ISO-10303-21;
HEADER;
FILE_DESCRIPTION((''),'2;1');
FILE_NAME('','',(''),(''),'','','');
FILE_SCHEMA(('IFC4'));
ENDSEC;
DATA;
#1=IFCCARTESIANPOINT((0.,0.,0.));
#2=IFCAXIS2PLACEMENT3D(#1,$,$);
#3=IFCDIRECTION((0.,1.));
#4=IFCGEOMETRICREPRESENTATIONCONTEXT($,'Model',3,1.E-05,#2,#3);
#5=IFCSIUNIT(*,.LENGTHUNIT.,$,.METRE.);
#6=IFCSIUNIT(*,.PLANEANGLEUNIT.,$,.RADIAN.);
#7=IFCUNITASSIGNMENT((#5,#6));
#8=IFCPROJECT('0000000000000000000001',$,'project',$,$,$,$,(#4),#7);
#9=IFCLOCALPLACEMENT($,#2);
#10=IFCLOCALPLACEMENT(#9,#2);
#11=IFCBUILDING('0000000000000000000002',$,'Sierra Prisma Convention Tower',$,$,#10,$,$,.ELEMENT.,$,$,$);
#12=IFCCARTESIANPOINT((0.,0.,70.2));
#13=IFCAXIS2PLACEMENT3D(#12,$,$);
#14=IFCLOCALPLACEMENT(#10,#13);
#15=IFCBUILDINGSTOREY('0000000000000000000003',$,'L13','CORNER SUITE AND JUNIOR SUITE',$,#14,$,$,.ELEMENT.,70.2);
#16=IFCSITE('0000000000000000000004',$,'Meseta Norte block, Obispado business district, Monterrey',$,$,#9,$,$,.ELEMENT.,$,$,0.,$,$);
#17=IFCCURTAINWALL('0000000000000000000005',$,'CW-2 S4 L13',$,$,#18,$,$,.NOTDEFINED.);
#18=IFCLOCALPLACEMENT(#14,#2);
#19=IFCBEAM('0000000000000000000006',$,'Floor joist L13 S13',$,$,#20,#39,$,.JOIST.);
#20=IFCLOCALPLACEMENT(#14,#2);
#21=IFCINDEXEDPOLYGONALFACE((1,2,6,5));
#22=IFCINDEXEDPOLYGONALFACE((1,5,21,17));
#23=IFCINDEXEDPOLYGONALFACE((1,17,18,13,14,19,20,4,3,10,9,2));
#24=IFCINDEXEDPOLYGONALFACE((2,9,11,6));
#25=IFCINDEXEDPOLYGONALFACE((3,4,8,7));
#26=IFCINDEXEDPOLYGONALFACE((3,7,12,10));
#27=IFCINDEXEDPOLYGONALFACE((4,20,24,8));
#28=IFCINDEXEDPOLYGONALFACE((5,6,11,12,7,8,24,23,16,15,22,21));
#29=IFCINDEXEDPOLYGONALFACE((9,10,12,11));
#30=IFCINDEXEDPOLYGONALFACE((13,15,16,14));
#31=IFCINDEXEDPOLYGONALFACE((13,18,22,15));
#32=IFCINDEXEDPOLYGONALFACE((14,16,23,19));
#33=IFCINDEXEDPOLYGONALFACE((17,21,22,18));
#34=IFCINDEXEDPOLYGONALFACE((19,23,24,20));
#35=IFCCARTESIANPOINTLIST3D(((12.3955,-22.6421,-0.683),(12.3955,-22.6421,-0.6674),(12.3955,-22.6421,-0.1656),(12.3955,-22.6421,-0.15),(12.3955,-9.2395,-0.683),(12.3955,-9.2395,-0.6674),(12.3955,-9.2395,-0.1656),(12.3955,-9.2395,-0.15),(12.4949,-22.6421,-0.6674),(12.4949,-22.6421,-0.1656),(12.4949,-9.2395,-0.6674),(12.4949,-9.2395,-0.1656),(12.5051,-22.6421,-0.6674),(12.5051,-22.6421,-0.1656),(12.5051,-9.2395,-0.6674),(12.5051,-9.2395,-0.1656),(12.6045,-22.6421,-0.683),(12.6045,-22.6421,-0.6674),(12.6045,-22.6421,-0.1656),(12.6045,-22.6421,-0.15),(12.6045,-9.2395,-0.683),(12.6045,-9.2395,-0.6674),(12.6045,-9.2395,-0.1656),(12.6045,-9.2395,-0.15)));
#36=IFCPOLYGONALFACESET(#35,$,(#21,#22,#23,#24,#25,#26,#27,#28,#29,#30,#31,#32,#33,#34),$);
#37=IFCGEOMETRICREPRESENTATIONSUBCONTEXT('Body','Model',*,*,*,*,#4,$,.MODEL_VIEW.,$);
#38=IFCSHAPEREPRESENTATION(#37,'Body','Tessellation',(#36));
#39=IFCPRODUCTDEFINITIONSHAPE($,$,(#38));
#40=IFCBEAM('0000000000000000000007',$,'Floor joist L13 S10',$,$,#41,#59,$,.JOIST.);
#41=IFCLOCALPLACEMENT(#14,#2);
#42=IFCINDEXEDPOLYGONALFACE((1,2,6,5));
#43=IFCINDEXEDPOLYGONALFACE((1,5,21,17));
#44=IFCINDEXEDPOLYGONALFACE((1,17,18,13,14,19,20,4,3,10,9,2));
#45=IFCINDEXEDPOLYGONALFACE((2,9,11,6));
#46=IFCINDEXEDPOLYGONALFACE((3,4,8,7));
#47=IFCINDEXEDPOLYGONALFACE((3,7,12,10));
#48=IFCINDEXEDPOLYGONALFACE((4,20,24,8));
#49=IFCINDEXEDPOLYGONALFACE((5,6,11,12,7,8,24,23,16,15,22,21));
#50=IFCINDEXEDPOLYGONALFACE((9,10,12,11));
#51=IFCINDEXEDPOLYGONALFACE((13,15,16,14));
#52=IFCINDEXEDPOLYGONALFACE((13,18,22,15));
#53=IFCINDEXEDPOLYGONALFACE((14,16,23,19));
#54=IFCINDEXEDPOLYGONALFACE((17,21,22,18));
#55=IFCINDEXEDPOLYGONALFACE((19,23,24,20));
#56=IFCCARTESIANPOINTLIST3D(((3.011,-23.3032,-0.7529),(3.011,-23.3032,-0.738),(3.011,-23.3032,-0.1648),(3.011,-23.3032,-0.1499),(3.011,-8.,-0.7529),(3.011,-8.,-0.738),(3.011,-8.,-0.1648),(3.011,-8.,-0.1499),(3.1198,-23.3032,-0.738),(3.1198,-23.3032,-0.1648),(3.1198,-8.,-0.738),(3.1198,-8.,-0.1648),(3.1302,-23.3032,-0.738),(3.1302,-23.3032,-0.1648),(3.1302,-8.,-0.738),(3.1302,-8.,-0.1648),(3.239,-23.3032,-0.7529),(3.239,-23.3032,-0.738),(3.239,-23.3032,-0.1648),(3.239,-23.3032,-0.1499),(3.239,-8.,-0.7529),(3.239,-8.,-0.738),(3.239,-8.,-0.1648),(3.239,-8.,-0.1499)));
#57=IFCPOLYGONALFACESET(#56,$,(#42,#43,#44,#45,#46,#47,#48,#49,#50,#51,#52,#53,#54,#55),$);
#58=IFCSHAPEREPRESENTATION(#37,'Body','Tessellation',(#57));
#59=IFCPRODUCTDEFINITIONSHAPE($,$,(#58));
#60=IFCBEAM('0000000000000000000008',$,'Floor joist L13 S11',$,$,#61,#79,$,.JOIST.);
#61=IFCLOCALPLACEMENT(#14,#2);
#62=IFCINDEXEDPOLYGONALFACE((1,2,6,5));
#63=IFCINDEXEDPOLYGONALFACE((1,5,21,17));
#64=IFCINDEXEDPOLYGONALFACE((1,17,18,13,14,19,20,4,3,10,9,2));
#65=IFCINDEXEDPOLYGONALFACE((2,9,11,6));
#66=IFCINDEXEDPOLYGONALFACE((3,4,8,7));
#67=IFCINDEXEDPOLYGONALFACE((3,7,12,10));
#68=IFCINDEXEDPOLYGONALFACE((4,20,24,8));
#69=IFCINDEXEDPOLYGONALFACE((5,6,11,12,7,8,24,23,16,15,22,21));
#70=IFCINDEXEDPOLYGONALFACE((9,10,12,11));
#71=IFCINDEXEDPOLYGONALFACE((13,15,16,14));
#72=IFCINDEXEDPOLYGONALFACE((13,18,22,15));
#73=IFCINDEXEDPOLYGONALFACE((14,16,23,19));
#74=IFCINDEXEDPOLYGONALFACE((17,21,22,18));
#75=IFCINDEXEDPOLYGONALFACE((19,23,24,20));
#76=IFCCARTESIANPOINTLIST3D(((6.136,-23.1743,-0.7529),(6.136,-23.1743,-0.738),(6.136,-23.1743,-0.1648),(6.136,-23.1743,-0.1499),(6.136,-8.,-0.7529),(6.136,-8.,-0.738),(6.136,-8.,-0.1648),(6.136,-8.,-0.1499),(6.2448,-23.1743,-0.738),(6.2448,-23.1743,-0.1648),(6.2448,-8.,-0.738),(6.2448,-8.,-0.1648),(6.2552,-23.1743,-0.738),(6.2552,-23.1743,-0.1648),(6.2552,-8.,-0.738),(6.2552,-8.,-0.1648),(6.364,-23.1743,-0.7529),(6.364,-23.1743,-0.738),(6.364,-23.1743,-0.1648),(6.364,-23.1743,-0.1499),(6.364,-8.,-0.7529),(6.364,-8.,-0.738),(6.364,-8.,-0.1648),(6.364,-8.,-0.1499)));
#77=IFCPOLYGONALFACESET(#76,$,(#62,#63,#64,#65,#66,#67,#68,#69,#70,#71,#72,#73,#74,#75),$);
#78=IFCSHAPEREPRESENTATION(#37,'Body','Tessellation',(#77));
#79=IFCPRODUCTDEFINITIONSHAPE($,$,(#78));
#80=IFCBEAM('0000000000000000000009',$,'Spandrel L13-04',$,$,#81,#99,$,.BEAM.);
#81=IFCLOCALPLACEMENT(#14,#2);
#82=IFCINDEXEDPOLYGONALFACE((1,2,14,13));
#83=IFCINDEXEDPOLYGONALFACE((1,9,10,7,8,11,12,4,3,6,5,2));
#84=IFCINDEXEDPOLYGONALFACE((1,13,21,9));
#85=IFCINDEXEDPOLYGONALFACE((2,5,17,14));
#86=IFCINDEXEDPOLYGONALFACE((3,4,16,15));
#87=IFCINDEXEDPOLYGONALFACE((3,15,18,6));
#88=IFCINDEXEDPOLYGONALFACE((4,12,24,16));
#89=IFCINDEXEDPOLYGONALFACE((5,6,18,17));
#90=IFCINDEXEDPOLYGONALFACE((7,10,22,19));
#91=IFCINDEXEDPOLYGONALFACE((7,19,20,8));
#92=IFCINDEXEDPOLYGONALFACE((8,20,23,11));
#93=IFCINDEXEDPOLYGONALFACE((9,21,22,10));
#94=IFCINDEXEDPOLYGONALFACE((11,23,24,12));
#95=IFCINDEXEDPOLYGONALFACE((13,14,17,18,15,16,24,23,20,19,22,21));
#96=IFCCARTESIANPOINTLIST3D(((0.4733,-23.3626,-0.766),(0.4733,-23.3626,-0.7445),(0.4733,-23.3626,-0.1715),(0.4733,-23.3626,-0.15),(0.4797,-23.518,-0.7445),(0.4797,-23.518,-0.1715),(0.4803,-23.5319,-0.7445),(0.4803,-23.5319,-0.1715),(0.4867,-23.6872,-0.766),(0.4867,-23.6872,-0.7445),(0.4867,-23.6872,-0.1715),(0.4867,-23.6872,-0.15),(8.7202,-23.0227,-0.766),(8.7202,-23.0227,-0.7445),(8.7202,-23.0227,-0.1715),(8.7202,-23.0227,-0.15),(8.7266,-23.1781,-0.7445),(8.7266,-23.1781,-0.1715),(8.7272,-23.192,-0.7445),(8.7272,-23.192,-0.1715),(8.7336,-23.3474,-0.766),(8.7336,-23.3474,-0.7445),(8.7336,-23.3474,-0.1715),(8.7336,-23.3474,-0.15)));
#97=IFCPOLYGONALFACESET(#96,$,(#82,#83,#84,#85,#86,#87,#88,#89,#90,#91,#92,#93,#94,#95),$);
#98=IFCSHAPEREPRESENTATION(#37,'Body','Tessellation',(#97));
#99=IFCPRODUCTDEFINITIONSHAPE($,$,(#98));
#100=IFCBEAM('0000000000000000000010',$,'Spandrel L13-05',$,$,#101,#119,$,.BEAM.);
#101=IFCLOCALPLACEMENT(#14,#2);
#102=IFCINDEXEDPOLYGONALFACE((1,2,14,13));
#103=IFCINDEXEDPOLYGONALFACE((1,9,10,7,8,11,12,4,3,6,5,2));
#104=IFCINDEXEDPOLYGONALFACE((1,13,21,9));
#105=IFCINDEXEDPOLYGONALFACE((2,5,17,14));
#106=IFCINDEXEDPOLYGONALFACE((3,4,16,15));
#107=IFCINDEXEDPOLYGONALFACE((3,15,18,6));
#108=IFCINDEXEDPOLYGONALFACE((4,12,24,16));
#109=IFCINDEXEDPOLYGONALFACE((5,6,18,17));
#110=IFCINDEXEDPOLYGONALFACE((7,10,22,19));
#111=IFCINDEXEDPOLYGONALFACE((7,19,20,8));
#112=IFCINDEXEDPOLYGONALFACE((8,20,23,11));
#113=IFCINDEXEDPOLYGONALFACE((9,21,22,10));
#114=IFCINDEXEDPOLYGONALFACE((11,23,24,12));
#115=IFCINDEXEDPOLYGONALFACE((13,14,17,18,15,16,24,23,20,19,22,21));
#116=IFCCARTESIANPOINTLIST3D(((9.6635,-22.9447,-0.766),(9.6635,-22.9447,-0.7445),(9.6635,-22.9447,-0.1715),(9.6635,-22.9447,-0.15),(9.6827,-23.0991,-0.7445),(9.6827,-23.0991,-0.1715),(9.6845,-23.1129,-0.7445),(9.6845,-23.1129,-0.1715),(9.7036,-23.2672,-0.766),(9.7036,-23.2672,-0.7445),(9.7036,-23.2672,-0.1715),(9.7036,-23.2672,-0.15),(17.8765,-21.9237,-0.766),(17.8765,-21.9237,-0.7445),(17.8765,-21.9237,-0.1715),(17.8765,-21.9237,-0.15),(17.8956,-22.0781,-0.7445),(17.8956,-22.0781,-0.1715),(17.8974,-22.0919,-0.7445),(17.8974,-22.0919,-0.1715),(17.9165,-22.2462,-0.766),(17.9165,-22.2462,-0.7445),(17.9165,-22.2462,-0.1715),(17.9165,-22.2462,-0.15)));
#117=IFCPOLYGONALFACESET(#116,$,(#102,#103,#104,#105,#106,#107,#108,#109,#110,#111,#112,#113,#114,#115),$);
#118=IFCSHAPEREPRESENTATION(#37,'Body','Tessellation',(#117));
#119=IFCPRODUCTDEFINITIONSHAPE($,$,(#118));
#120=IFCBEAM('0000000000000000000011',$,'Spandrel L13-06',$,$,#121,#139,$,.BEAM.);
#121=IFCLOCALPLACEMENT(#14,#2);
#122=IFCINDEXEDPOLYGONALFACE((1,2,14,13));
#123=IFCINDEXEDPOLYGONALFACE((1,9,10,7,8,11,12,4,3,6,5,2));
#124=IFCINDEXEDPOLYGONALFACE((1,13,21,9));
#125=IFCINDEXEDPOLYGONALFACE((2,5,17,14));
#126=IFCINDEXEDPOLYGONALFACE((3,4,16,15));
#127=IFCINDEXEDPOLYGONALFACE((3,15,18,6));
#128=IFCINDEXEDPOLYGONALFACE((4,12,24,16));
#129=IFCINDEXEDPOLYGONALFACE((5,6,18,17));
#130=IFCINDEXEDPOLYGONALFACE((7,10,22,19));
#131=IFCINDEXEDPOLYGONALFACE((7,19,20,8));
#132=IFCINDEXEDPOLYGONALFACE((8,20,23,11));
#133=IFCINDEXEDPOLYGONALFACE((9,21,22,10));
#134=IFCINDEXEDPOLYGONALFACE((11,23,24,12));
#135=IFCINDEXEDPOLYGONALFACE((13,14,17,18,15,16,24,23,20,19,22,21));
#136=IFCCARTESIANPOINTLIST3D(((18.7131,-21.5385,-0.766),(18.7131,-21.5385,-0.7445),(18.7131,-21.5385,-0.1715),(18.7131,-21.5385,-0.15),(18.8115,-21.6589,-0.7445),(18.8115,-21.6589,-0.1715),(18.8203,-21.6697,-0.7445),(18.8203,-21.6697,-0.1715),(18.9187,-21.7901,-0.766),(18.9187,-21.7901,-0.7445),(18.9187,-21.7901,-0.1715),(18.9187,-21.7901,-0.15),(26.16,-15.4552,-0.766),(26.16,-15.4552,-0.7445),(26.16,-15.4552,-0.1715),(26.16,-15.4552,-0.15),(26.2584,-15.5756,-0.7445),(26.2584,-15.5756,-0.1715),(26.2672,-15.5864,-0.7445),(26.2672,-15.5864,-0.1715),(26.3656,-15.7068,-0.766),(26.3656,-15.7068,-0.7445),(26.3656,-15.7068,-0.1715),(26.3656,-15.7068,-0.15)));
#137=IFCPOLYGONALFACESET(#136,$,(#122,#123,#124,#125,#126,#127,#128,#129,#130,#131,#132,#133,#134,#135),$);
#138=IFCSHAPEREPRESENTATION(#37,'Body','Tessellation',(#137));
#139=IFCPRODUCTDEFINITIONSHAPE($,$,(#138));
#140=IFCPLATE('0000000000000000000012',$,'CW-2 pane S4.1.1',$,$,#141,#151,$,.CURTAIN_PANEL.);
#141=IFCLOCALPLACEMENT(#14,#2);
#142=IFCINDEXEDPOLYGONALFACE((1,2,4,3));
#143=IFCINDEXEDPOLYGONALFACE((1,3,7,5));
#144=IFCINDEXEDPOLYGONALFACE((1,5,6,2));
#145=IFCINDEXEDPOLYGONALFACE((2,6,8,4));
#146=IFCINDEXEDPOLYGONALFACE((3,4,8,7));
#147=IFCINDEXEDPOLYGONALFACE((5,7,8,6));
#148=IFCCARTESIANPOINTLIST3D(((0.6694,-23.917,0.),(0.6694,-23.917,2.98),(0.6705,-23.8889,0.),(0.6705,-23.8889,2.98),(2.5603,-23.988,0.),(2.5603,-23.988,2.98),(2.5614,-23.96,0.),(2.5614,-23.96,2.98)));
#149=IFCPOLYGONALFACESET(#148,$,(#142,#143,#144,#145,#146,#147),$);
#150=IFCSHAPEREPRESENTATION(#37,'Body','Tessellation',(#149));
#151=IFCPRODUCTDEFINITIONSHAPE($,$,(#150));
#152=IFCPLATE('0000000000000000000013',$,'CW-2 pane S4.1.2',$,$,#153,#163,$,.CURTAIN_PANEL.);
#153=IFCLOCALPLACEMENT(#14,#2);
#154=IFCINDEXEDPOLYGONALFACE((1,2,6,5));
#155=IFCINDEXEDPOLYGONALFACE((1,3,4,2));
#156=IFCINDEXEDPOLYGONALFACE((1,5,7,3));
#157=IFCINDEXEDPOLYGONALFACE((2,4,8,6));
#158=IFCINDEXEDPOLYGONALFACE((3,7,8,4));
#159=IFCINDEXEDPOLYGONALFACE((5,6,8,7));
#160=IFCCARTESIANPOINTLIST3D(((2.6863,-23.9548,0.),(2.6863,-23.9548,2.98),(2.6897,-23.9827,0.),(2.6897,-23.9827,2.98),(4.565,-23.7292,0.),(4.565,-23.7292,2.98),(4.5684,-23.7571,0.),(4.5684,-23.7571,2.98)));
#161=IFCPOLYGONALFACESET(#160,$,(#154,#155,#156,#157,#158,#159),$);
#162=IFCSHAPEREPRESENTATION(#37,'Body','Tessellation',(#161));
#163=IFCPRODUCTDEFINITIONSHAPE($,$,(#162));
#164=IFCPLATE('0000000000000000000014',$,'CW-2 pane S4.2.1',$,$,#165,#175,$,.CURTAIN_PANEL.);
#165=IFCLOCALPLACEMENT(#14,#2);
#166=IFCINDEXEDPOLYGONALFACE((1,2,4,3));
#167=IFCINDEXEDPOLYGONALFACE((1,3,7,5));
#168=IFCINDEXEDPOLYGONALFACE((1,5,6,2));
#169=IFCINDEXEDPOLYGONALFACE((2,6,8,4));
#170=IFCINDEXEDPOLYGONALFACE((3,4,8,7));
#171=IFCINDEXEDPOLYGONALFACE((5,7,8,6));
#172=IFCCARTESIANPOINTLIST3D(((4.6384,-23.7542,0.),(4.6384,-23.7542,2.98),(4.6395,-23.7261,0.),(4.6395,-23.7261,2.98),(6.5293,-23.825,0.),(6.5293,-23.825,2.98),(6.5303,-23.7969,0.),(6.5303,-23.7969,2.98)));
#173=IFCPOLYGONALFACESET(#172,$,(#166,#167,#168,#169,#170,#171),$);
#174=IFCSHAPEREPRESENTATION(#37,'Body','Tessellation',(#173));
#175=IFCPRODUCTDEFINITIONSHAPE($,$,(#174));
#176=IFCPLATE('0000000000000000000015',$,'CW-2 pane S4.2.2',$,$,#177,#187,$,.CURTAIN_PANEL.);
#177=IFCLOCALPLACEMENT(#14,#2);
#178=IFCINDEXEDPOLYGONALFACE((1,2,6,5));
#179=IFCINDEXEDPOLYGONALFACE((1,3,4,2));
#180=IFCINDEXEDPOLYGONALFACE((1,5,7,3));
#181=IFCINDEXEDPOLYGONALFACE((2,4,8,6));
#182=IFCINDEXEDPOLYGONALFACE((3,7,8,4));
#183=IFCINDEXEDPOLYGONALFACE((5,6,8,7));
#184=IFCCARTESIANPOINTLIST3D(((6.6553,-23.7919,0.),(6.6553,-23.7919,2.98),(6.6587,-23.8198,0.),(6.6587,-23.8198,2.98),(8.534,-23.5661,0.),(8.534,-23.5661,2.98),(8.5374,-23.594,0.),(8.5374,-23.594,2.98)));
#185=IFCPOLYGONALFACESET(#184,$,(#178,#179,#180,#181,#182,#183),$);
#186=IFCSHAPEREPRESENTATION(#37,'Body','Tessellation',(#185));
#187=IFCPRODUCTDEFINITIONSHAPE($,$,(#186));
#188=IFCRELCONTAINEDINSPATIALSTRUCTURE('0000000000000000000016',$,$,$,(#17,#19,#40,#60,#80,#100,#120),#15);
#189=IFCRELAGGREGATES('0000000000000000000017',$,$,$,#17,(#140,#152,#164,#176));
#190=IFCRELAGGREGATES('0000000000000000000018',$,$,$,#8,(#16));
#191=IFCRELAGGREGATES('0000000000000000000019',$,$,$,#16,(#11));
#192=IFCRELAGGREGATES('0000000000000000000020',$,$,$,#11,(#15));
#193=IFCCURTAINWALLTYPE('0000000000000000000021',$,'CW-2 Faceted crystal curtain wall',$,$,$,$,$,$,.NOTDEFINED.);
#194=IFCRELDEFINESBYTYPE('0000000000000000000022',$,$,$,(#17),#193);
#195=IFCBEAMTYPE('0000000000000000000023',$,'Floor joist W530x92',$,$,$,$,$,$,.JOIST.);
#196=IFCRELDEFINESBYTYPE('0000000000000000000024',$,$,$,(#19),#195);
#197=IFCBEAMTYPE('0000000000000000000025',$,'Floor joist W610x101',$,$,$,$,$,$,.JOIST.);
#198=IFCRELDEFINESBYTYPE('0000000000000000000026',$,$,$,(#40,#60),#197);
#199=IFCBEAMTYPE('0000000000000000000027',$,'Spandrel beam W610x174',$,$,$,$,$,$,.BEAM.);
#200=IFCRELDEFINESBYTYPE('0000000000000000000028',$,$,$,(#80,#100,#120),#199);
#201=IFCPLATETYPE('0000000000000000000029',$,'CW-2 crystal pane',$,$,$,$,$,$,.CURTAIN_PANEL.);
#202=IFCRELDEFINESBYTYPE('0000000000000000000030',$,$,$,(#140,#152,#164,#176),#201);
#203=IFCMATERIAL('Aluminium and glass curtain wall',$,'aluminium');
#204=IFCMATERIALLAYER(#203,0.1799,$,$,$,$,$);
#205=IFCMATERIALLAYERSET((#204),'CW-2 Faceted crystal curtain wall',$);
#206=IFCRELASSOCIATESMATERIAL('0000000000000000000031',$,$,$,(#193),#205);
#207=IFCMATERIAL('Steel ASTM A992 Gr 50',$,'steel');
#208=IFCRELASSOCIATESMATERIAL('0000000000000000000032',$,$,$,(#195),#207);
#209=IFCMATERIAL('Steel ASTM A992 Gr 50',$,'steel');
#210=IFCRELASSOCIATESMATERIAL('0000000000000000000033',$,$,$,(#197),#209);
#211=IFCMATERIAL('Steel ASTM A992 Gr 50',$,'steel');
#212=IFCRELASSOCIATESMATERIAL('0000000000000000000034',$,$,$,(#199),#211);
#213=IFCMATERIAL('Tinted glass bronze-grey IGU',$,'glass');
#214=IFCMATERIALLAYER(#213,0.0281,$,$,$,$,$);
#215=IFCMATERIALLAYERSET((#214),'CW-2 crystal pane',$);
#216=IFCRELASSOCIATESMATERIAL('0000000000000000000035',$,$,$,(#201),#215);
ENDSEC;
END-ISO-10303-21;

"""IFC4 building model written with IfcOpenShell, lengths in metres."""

from ifc_helpers import new_model, si_unit, direction, frame, origin, origin_2d, place, context, subcontext, project, spatial, polyline, i_section, outline, extrude, material, layer, layer_set, material_profile, profile_set, type_object, element, aggregate, save


model = new_model("IFC4")

# Units and contexts
model_context = context("Model", 3, precision=1e-05, world=origin(), true_north=direction((0.0, 1.0)))
body_context = subcontext(model_context, "Body", "Model", "MODEL_VIEW")
ifc_project = project(units=[si_unit("LENGTHUNIT", "METRE"), si_unit("PLANEANGLEUNIT", "RADIAN")], contexts=[model_context])

# Site, building, storey
site_placement = place(None, origin())
site = spatial("IfcSite", under=ifc_project, at=site_placement, Name="Meseta Norte block, Obispado business district, Monterrey", CompositionType="ELEMENT", RefElevation=0.0)
building_placement = place(site_placement, origin())
building = spatial("IfcBuilding", under=site, at=building_placement, Name="Sierra Prisma Convention Tower", CompositionType="ELEMENT")
storey_placement = place(building_placement, frame((0.0, 0.0, 70.2)))
storey = spatial("IfcBuildingStorey", under=building, at=storey_placement, Name="L13", Description="CORNER SUITE AND JUNIOR SUITE", CompositionType="ELEMENT", Elevation=70.2)

# Curtain wall
ifc_material_1 = material(Name="Aluminium and glass curtain wall", Category="aluminium")
ifc_layer_1 = layer(ifc_material_1, 0.1799)
ifc_layer_set_1 = layer_set([ifc_layer_1], Name="CW-2 Faceted crystal curtain wall")
curtain_wall_type = type_object("IfcCurtainWallType", Name="CW-2 Faceted crystal curtain wall", PredefinedType="NOTDEFINED", material=ifc_layer_set_1)
curtain_wall_1_placement = place(storey_placement, origin())
curtain_wall_1 = element("IfcCurtainWall", 1, at=curtain_wall_1_placement, inside=storey, type_object=curtain_wall_type, Name="CW-2 S4 L13", PredefinedType="NOTDEFINED")

# Beams
ifc_material_2 = material(Name="Steel ASTM A992 Gr 50", Category="steel")
ifc_material_profile_1 = material_profile(ifc_material_2, i_section(OverallWidth=0.209, OverallDepth=0.533, WebThickness=0.0103, FlangeThickness=0.0156, at=origin_2d()), Name="W530x92")
ifc_profile_set_1 = profile_set([ifc_material_profile_1], Name="Steel ASTM A992 Gr 50")
beam_type_1 = type_object("IfcBeamType", Name="Floor joist W530x92", PredefinedType="JOIST", material=ifc_profile_set_1)
beam_1_placement = place(storey_placement, frame((12.5, -22.6421, -0.4165), z_axis=(0.0, 1.0, 0.0), x_axis=(-1.0, 0.0, 0.0)))
element("IfcBeam", 2, at=beam_1_placement, inside=storey, type_object=beam_type_1, Name="Floor joist L13 S13", PredefinedType="JOIST", context=body_context, shape_type="SweptSolid", body=[
    extrude(i_section(OverallWidth=0.209, OverallDepth=0.533, WebThickness=0.0103, FlangeThickness=0.0156, at=origin_2d()), origin(), (0.0, 0.0, 1.0), 13.4026),
])
ifc_material_3 = material(Name="Steel ASTM A992 Gr 50", Category="steel")
ifc_material_profile_2 = material_profile(ifc_material_3, i_section(OverallWidth=0.228, OverallDepth=0.603, WebThickness=0.0105, FlangeThickness=0.0149, at=origin_2d()), Name="W610x101")
ifc_profile_set_2 = profile_set([ifc_material_profile_2], Name="Steel ASTM A992 Gr 50")
beam_type_2 = type_object("IfcBeamType", Name="Floor joist W610x101", PredefinedType="JOIST", material=ifc_profile_set_2)
beam_2_placement = place(storey_placement, frame((3.125, -23.3032, -0.4514), z_axis=(0.0, 1.0, 0.0), x_axis=(-1.0, 0.0, 0.0)))
element("IfcBeam", 3, at=beam_2_placement, inside=storey, type_object=beam_type_2, Name="Floor joist L13 S10", PredefinedType="JOIST", context=body_context, shape_type="SweptSolid", body=[
    extrude(i_section(OverallWidth=0.228, OverallDepth=0.603, WebThickness=0.0105, FlangeThickness=0.0149, at=origin_2d()), origin(), (0.0, 0.0, 1.0), 15.3032),
])
beam_3_placement = place(storey_placement, frame((6.25, -23.1743, -0.4514), z_axis=(0.0, 1.0, 0.0), x_axis=(-1.0, 0.0, 0.0)))
element("IfcBeam", 4, at=beam_3_placement, inside=storey, type_object=beam_type_2, Name="Floor joist L13 S11", PredefinedType="JOIST", context=body_context, shape_type="SweptSolid", body=[
    extrude(i_section(OverallWidth=0.228, OverallDepth=0.603, WebThickness=0.0105, FlangeThickness=0.0149, at=origin_2d()), origin(), (0.0, 0.0, 1.0), 15.1743),
])
ifc_material_4 = material(Name="Steel ASTM A992 Gr 50", Category="steel")
ifc_material_profile_3 = material_profile(ifc_material_4, i_section(OverallWidth=0.325, OverallDepth=0.616, WebThickness=0.0139, FlangeThickness=0.0215, at=origin_2d()), Name="W610x174")
ifc_profile_set_3 = profile_set([ifc_material_profile_3], Name="Steel ASTM A992 Gr 50")
beam_type_3 = type_object("IfcBeamType", Name="Spandrel beam W610x174", PredefinedType="BEAM", material=ifc_profile_set_3)
beam_4_placement = place(storey_placement, frame((0.48, -23.5249, -0.458), z_axis=(0.999152, 0.041174, 0.0), x_axis=(-0.041174, 0.999152, 0.0)))
element("IfcBeam", 5, at=beam_4_placement, inside=storey, type_object=beam_type_3, Name="Spandrel L13-04", PredefinedType="BEAM", context=body_context, shape_type="SweptSolid", body=[
    extrude(i_section(OverallWidth=0.325, OverallDepth=0.616, WebThickness=0.0139, FlangeThickness=0.0215, at=origin_2d()), origin(), (0.0, 0.0, 1.0), 8.2539),
])
beam_5_placement = place(storey_placement, frame((9.6836, -23.106, -0.458), z_axis=(0.992361, 0.123367, 0.0), x_axis=(-0.123367, 0.992361, 0.0)))
element("IfcBeam", 6, at=beam_5_placement, inside=storey, type_object=beam_type_3, Name="Spandrel L13-05", PredefinedType="BEAM", context=body_context, shape_type="SweptSolid", body=[
    extrude(i_section(OverallWidth=0.325, OverallDepth=0.616, WebThickness=0.0139, FlangeThickness=0.0215, at=origin_2d()), origin(), (0.0, 0.0, 1.0), 8.2761),
])
beam_6_placement = place(storey_placement, frame((18.8159, -21.6643, -0.458), z_axis=(0.774445, 0.632642, 0.0), x_axis=(-0.632642, 0.774445, 0.0)))
element("IfcBeam", 7, at=beam_6_placement, inside=storey, type_object=beam_type_3, Name="Spandrel L13-06", PredefinedType="BEAM", context=body_context, shape_type="SweptSolid", body=[
    extrude(i_section(OverallWidth=0.325, OverallDepth=0.616, WebThickness=0.0139, FlangeThickness=0.0215, at=origin_2d()), origin(), (0.0, 0.0, 1.0), 9.6157),
])

# Plates
ifc_material_5 = material(Name="Tinted glass bronze-grey IGU", Category="glass")
ifc_layer_2 = layer(ifc_material_5, 0.0281)
ifc_layer_set_2 = layer_set([ifc_layer_2], Name="CW-2 crystal pane")
plate_type = type_object("IfcPlateType", Name="CW-2 crystal pane", PredefinedType="CURTAIN_PANEL", material=ifc_layer_set_2)
plate_1_placement = place(storey_placement, frame((0.6694, -23.917, 0.0), z_axis=(-0.037546, -0.999295, 0.0), x_axis=(0.999295, -0.037546, 0.0)))
plate_1 = element("IfcPlate", 8, at=plate_1_placement, type_object=plate_type, Name="CW-2 pane S4.1.1", PredefinedType="CURTAIN_PANEL", context=body_context, shape_type="SweptSolid", body=[
    extrude(outline(polyline([(0.0, 0.0), (1.8922, 0.0), (1.8922, 2.98), (0.0, 2.98), (0.0, 0.0)])), origin(), (0.0, 0.0, -1.0), 0.0281),
])
plate_2_placement = place(storey_placement, frame((4.5684, -23.7571, 0.0), z_axis=(0.119222, -0.992868, 0.0), x_axis=(-0.992868, -0.119222, 0.0)))
plate_2 = element("IfcPlate", 9, at=plate_2_placement, type_object=plate_type, Name="CW-2 pane S4.1.2", PredefinedType="CURTAIN_PANEL", context=body_context, shape_type="SweptSolid", body=[
    extrude(outline(polyline([(0.0, 0.0), (1.8922, 0.0), (1.8922, -2.98), (0.0, -2.98), (0.0, 0.0)])), origin(), (0.0, 0.0, -1.0), 0.0281),
])
plate_3_placement = place(storey_placement, frame((4.6384, -23.7542, 0.0), z_axis=(-0.037417, -0.9993, 0.0), x_axis=(0.9993, -0.037417, 0.0)))
plate_3 = element("IfcPlate", 10, at=plate_3_placement, type_object=plate_type, Name="CW-2 pane S4.2.1", PredefinedType="CURTAIN_PANEL", context=body_context, shape_type="SweptSolid", body=[
    extrude(outline(polyline([(0.0, 0.0), (1.8922, 0.0), (1.8922, 2.98), (0.0, 2.98), (0.0, 0.0)])), origin(), (0.0, 0.0, -1.0), 0.0281),
])
plate_4_placement = place(storey_placement, frame((8.5374, -23.594, 0.0), z_axis=(0.119349, -0.992852, 0.0), x_axis=(-0.992852, -0.119349, 0.0)))
plate_4 = element("IfcPlate", 11, at=plate_4_placement, type_object=plate_type, Name="CW-2 pane S4.2.2", PredefinedType="CURTAIN_PANEL", context=body_context, shape_type="SweptSolid", body=[
    extrude(outline(polyline([(0.0, 0.0), (1.8922, 0.0), (1.8922, -2.98), (0.0, -2.98), (0.0, 0.0)])), origin(), (0.0, 0.0, -1.0), 0.0281),
])
aggregate(curtain_wall_1, [plate_1, plate_2, plate_3, plate_4])

save(model, "model.ifc")
